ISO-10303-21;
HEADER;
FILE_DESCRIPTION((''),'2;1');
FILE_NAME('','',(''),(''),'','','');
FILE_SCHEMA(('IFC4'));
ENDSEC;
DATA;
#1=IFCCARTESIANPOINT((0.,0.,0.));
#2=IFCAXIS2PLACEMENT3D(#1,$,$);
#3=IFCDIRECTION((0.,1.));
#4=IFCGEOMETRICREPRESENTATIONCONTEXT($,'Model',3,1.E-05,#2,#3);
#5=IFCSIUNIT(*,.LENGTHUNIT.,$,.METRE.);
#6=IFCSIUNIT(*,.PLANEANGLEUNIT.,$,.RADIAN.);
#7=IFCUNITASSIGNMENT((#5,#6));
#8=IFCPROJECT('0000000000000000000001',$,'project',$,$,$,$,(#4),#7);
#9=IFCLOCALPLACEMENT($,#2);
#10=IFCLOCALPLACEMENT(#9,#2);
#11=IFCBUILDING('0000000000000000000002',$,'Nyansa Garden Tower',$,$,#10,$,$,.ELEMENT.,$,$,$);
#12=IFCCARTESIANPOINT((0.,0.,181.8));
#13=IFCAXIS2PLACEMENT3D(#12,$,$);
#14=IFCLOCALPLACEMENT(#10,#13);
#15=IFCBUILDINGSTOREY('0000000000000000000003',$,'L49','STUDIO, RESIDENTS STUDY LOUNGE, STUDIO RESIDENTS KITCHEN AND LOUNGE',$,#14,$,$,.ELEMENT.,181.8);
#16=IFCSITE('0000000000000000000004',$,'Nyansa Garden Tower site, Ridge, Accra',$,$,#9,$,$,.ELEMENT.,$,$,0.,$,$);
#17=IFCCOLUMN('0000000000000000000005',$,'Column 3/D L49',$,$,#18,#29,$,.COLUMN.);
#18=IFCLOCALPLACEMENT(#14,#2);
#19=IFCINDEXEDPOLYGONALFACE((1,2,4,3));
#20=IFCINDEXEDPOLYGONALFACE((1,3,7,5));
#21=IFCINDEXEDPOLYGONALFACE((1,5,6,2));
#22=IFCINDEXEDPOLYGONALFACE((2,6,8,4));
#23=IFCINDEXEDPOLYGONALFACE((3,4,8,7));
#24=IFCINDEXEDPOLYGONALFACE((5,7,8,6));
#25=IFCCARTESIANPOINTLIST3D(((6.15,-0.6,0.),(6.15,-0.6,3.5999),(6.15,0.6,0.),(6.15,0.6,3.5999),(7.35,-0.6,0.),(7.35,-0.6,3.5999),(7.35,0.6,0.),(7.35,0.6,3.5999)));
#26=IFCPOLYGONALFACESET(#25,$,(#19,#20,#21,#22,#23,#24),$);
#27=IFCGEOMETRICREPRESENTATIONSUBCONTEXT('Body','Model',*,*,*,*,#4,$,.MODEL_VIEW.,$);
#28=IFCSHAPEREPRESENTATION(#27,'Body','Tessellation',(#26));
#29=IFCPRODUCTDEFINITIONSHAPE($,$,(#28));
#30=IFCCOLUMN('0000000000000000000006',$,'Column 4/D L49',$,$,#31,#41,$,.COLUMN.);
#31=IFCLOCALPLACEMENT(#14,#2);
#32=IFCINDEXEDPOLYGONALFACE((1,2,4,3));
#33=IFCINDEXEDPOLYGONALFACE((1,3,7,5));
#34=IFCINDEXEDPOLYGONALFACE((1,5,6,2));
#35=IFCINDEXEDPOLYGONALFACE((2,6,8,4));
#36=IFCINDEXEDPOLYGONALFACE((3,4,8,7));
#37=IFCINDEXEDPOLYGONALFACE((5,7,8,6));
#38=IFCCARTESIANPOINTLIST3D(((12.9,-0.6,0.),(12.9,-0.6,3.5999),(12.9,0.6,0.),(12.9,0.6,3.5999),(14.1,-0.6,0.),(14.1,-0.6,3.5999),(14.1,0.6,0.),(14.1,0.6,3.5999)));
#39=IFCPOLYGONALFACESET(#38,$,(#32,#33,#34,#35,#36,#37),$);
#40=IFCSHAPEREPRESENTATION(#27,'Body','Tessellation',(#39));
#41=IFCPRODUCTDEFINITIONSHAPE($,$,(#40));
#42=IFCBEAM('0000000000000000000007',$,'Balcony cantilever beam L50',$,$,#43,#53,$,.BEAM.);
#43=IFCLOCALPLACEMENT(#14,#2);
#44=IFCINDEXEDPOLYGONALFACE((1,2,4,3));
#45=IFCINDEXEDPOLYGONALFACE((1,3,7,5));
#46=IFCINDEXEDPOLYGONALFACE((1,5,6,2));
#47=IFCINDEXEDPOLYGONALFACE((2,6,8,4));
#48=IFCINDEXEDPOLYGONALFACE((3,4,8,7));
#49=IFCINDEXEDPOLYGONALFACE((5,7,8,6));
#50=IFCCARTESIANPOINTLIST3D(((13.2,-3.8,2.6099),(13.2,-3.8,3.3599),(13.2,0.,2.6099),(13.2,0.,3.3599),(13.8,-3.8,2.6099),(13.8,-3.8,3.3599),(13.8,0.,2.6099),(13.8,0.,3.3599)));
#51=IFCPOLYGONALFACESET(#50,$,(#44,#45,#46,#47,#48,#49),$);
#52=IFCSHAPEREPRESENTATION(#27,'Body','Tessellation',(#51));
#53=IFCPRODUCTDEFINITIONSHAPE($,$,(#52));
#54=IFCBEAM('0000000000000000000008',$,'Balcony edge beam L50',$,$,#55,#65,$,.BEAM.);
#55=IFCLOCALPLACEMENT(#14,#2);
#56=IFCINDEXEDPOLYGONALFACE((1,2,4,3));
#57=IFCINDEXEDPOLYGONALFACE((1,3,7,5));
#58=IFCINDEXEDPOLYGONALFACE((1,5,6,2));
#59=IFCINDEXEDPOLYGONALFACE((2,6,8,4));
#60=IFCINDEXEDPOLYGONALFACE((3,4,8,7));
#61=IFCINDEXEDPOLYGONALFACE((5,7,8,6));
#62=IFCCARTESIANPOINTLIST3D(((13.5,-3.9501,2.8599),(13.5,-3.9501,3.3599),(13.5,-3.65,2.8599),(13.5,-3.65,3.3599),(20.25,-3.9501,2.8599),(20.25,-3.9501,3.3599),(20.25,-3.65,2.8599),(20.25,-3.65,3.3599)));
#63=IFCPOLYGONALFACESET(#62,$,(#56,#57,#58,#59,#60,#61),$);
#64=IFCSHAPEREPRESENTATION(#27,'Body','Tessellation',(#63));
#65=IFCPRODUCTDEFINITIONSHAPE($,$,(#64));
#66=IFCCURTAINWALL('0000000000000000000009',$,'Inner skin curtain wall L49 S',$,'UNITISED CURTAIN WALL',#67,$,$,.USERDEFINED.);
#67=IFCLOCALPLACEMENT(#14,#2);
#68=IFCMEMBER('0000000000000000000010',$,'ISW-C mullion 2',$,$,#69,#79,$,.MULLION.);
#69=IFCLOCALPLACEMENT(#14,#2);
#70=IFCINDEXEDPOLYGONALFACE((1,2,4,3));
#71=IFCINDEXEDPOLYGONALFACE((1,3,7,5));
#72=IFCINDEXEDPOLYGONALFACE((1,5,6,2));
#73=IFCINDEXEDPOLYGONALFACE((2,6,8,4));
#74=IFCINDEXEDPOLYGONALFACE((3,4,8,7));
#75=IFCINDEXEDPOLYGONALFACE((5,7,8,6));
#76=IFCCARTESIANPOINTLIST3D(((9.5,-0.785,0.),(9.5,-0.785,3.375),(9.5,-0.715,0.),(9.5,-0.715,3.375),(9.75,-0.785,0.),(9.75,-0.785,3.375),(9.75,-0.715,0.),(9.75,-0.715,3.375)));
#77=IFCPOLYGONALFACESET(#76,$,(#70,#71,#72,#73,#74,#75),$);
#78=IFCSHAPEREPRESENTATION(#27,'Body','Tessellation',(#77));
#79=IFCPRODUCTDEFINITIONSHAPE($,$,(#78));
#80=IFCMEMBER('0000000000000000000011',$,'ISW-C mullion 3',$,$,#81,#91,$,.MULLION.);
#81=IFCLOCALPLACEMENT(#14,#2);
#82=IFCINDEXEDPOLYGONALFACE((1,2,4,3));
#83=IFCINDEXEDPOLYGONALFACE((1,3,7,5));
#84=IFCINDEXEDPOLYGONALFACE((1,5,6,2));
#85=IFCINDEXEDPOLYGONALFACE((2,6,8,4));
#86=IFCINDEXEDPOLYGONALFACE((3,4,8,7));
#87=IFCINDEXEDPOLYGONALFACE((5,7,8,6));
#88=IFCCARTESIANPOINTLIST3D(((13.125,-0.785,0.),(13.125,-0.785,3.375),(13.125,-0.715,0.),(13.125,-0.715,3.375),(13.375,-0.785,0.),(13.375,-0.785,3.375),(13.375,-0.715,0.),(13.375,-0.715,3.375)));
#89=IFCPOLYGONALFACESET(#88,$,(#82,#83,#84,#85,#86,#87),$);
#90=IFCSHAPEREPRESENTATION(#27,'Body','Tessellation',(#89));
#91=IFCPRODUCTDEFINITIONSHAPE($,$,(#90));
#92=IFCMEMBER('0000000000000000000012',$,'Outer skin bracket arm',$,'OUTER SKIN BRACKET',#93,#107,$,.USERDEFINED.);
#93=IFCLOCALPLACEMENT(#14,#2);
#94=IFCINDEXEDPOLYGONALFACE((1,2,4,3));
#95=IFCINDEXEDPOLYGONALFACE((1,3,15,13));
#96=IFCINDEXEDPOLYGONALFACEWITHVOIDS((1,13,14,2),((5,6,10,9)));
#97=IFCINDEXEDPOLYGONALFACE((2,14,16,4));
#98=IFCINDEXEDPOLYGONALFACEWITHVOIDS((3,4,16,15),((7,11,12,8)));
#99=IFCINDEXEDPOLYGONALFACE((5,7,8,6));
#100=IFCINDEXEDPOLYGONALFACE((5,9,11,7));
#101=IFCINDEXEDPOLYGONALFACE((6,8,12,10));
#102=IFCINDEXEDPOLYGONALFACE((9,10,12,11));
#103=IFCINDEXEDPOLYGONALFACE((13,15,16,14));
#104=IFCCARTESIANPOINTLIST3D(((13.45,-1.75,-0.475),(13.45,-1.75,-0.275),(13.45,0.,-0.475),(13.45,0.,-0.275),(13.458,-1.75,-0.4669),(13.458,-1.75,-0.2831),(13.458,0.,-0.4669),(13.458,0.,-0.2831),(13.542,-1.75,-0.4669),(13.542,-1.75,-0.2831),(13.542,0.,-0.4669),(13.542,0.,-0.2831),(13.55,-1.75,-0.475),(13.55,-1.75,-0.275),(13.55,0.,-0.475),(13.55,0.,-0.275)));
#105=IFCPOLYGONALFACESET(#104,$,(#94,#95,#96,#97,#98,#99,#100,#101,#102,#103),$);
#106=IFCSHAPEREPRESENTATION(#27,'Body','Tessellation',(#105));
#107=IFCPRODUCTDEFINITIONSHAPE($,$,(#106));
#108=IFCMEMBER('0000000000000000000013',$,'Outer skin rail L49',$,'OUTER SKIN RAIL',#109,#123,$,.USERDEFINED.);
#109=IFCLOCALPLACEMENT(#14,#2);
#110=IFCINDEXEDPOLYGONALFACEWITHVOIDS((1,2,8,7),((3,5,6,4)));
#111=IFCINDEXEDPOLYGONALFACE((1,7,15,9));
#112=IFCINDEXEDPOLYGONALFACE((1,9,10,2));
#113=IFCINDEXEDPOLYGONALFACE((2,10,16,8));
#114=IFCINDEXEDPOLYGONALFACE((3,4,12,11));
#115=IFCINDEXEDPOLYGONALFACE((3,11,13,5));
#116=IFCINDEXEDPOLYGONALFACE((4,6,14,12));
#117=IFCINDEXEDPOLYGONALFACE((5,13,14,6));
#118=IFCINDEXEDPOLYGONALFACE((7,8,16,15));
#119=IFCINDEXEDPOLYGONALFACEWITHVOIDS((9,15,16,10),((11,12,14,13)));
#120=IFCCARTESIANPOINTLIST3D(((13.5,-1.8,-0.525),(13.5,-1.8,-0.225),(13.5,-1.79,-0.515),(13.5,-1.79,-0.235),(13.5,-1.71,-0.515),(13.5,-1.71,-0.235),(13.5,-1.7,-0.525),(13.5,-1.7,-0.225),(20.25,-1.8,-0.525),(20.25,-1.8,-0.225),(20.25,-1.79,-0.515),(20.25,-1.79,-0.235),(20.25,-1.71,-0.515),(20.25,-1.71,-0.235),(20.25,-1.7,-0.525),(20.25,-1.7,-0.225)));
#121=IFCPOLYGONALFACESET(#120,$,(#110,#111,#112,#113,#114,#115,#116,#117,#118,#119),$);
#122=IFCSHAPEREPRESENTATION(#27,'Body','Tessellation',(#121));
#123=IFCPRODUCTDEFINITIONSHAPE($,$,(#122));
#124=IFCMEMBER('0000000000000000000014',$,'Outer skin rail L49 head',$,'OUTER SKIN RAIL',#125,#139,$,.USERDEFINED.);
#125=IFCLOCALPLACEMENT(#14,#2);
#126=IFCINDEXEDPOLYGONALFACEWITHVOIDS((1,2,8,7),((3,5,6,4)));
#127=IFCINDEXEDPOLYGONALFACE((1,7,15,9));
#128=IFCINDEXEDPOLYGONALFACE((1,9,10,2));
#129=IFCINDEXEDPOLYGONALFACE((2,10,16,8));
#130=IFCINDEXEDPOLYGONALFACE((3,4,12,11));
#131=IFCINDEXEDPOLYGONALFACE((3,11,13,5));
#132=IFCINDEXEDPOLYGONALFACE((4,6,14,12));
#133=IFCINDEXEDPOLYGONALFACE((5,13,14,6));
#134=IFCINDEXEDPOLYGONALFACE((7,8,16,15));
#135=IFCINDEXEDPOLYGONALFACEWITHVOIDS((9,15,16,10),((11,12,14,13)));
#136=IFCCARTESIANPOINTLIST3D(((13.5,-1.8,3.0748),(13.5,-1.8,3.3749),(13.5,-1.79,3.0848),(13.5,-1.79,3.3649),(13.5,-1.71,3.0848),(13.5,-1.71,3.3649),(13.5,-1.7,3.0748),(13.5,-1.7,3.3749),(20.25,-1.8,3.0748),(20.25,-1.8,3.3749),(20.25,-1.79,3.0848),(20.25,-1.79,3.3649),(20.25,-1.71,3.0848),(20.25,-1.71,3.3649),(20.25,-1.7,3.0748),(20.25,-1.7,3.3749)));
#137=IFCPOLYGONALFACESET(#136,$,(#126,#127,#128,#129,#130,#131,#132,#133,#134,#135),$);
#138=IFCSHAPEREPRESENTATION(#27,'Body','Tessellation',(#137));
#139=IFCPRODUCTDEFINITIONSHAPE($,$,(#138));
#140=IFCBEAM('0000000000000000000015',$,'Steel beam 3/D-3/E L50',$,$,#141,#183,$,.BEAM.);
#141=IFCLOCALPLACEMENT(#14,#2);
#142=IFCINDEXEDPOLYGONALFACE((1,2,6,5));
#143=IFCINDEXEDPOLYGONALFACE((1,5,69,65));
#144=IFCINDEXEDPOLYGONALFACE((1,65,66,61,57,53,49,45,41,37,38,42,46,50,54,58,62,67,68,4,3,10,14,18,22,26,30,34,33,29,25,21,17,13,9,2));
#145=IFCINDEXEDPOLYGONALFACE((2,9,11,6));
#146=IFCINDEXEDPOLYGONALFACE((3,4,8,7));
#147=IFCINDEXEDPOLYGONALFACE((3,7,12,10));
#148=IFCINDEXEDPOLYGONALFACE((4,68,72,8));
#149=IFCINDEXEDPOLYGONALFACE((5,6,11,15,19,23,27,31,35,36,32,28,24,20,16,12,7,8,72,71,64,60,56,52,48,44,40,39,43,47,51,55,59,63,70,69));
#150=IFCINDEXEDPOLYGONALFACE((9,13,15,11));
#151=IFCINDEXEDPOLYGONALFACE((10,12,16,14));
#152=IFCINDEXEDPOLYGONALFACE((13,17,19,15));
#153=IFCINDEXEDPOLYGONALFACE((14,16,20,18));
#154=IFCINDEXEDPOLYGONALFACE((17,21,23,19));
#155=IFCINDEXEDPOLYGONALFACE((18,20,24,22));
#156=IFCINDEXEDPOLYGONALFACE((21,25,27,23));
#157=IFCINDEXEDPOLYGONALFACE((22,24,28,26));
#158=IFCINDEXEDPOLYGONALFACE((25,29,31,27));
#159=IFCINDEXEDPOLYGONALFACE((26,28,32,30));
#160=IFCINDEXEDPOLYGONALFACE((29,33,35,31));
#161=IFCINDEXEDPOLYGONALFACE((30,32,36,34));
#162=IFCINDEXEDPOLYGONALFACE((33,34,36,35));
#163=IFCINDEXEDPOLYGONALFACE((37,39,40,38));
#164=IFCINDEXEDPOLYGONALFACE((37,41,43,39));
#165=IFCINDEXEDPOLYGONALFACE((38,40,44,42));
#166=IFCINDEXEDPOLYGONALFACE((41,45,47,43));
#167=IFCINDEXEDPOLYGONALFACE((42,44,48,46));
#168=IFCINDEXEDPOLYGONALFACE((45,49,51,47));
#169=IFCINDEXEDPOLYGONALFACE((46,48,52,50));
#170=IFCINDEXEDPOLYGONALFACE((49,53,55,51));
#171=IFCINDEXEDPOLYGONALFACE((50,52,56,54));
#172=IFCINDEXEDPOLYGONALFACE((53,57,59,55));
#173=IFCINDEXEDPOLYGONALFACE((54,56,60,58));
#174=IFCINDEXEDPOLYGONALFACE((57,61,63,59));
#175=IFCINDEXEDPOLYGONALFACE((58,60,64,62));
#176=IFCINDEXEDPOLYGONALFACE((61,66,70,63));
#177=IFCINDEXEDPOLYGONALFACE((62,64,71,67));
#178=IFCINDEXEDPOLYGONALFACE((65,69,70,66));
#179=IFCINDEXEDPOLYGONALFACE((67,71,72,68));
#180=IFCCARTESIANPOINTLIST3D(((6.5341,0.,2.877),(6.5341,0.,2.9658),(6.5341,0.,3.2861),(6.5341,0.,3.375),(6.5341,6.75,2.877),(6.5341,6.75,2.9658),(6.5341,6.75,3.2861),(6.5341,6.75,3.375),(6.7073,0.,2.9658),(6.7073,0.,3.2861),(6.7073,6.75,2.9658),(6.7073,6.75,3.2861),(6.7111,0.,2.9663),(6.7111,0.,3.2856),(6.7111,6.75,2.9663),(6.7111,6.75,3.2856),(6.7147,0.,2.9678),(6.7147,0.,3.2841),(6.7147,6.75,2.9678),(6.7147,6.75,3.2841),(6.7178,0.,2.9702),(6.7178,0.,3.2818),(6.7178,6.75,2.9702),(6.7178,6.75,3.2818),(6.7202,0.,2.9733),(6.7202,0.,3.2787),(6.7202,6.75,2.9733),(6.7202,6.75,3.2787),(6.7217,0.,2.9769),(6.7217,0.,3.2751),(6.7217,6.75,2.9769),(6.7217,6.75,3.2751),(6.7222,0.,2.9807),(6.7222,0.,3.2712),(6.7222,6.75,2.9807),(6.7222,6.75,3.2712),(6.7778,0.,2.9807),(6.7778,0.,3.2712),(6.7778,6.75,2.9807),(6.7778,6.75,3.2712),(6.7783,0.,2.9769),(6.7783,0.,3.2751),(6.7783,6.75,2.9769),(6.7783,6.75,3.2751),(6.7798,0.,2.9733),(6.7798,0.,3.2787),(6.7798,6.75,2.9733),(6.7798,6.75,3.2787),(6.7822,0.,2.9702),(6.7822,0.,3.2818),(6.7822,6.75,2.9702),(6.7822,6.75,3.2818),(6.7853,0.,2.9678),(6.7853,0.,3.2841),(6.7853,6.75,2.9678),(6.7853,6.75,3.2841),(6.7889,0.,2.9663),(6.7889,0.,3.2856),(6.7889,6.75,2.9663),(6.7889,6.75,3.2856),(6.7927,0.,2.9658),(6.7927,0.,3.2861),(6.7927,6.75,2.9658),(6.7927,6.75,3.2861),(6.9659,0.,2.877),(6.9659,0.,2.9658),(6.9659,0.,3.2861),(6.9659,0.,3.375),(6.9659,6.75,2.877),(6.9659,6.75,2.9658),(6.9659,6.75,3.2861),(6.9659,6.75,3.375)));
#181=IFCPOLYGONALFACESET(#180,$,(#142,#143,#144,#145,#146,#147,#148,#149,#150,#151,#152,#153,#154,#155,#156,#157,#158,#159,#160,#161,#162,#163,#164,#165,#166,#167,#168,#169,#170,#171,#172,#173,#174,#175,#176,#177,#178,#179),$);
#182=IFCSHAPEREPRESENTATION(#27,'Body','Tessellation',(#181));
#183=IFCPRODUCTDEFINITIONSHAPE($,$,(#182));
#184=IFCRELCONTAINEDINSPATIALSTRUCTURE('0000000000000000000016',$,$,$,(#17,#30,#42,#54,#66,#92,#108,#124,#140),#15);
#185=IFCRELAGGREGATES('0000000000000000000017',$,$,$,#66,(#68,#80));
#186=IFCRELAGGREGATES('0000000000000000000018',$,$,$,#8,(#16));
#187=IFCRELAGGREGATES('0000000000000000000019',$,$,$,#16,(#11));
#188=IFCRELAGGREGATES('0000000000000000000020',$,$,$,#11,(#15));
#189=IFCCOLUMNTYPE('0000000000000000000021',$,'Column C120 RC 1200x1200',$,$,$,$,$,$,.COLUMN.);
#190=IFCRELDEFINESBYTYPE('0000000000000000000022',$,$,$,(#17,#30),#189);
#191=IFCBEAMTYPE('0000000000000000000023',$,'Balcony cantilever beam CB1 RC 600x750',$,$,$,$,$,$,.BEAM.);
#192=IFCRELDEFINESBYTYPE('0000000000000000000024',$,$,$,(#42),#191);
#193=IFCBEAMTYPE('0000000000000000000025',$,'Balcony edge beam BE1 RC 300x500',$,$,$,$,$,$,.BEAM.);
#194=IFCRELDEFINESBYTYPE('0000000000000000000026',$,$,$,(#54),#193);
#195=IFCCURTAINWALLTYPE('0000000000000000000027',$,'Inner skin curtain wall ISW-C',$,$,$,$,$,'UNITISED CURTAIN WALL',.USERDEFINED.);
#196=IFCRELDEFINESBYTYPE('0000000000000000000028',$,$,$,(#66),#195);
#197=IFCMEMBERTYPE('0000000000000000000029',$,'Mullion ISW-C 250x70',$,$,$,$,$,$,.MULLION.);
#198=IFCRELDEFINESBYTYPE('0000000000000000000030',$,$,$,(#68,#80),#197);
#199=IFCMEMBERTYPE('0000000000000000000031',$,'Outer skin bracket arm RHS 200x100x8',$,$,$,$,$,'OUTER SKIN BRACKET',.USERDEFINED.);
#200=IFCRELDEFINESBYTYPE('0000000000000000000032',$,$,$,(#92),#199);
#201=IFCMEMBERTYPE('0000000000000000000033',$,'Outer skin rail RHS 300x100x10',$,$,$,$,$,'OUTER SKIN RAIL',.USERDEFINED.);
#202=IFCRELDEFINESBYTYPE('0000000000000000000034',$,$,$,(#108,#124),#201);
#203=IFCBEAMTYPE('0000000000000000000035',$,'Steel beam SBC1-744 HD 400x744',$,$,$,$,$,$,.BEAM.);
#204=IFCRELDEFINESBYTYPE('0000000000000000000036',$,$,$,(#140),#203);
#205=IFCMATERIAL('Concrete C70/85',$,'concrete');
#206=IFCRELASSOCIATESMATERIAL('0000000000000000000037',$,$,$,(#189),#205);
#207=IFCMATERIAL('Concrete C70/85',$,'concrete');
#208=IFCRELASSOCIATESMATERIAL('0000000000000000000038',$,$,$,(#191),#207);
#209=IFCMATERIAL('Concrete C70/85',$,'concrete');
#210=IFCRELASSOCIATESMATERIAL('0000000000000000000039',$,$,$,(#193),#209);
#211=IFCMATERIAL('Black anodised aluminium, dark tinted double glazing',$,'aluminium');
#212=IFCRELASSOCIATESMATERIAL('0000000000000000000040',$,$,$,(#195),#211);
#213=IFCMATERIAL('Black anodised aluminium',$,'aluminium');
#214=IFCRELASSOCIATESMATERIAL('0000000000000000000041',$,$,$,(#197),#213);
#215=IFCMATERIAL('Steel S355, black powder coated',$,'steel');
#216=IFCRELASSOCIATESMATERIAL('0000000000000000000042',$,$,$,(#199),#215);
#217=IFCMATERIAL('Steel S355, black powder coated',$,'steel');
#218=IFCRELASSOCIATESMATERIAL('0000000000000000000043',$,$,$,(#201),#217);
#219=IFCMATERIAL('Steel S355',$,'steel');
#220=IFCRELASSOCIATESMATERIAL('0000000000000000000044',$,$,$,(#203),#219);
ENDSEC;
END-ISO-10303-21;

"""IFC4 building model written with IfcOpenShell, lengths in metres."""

from ifc_helpers import new_model, si_unit, direction, frame, origin, origin_2d, place, context, subcontext, project, spatial, rectangle, hollow_rectangle, i_section, extrude, material, material_profile, profile_set, type_object, element, aggregate, save


model = new_model("IFC4")

# Units and contexts
model_context = context("Model", 3, precision=1e-05, world=origin(), true_north=direction((0.0, 1.0)))
body_context = subcontext(model_context, "Body", "Model", "MODEL_VIEW")
ifc_project = project(units=[si_unit("LENGTHUNIT", "METRE"), si_unit("PLANEANGLEUNIT", "RADIAN")], contexts=[model_context])

# Site, building, storey
site_placement = place(None, origin())
site = spatial("IfcSite", under=ifc_project, at=site_placement, Name="Nyansa Garden Tower site, Ridge, Accra", CompositionType="ELEMENT", RefElevation=0.0)
building_placement = place(site_placement, origin())
building = spatial("IfcBuilding", under=site, at=building_placement, Name="Nyansa Garden Tower", CompositionType="ELEMENT")
storey_placement = place(building_placement, frame((0.0, 0.0, 181.8)))
storey = spatial("IfcBuildingStorey", under=building, at=storey_placement, Name="L49", Description="STUDIO, RESIDENTS STUDY LOUNGE, STUDIO RESIDENTS KITCHEN AND LOUNGE", CompositionType="ELEMENT", Elevation=181.8)

# Columns
ifc_material_1 = material(Name="Concrete C70/85", Category="concrete")
ifc_material_profile_1 = material_profile(ifc_material_1, rectangle(XDim=1.2, YDim=1.2, at=origin_2d()), Name="RC 1200x1200")
ifc_profile_set_1 = profile_set([ifc_material_profile_1], Name="Concrete C70/85")
column_type = type_object("IfcColumnType", Name="Column C120 RC 1200x1200", PredefinedType="COLUMN", material=ifc_profile_set_1)
for number, where, z_axis, x_axis, name in (
    (1, (6.75, 0.0, 0.0), (0.0, 0.0, 1.0), (1.0, 0.0, 0.0), "Column 3/D L49"),
    (2, (13.5, 0.0, 0.0), (0.0, 0.0, 1.0), (1.0, 0.0, 0.0), "Column 4/D L49"),
):
    element("IfcColumn", number, at=place(storey_placement, frame(where, z_axis=z_axis, x_axis=x_axis)), inside=storey, type_object=column_type, Name=name, PredefinedType="COLUMN", context=body_context, shape_type="SweptSolid", body=[
        extrude(rectangle(XDim=1.2, YDim=1.2, at=origin_2d()), origin(), (0.0, 0.0, 1.0), 3.5999),
    ])

# Beams
ifc_material_2 = material(Name="Concrete C70/85", Category="concrete")
ifc_material_profile_2 = material_profile(ifc_material_2, rectangle(XDim=0.6001, YDim=0.75, at=origin_2d()), Name="RC 600x750")
ifc_profile_set_2 = profile_set([ifc_material_profile_2], Name="Concrete C70/85")
beam_type_1 = type_object("IfcBeamType", Name="Balcony cantilever beam CB1 RC 600x750", PredefinedType="BEAM", material=ifc_profile_set_2)
beam_1_placement = place(storey_placement, frame((13.5, 0.0, 2.9849), z_axis=(0.0, -1.0, 0.0), x_axis=(1.0, 0.0, 0.0)))
element("IfcBeam", 3, at=beam_1_placement, inside=storey, type_object=beam_type_1, Name="Balcony cantilever beam L50", PredefinedType="BEAM", context=body_context, shape_type="SweptSolid", body=[
    extrude(rectangle(XDim=0.6001, YDim=0.75, at=origin_2d()), origin(), (0.0, 0.0, 1.0), 3.8),
])
ifc_material_3 = material(Name="Concrete C70/85", Category="concrete")
ifc_material_profile_3 = material_profile(ifc_material_3, rectangle(XDim=0.3, YDim=0.5, at=origin_2d()), Name="RC 300x500")
ifc_profile_set_3 = profile_set([ifc_material_profile_3], Name="Concrete C70/85")
beam_type_2 = type_object("IfcBeamType", Name="Balcony edge beam BE1 RC 300x500", PredefinedType="BEAM", material=ifc_profile_set_3)
beam_2_placement = place(storey_placement, frame((13.5, -3.8, 3.1099), z_axis=(1.0, 0.0, 0.0), x_axis=(0.0, 1.0, 0.0)))
element("IfcBeam", 4, at=beam_2_placement, inside=storey, type_object=beam_type_2, Name="Balcony edge beam L50", PredefinedType="BEAM", context=body_context, shape_type="SweptSolid", body=[
    extrude(rectangle(XDim=0.3, YDim=0.5, at=origin_2d()), origin(), (0.0, 0.0, 1.0), 6.75),
])

# Curtain wall, members
ifc_material_4 = material(Name="Black anodised aluminium, dark tinted double glazing", Category="aluminium")
curtain_wall_type = type_object("IfcCurtainWallType", Name="Inner skin curtain wall ISW-C", ElementType="UNITISED CURTAIN WALL", PredefinedType="USERDEFINED", material=ifc_material_4)
curtain_wall_placement = place(storey_placement, origin())
curtain_wall = element("IfcCurtainWall", 5, at=curtain_wall_placement, inside=storey, type_object=curtain_wall_type, Name="Inner skin curtain wall L49 S", ObjectType="UNITISED CURTAIN WALL", PredefinedType="USERDEFINED")
ifc_material_5 = material(Name="Black anodised aluminium", Category="aluminium")
ifc_material_profile_4 = material_profile(ifc_material_5, rectangle(XDim=0.0701, YDim=0.25, at=origin_2d()), Name="Mullion 250x70")
ifc_profile_set_4 = profile_set([ifc_material_profile_4], Name="Black anodised aluminium")
member_type_1 = type_object("IfcMemberType", Name="Mullion ISW-C 250x70", PredefinedType="MULLION", material=ifc_profile_set_4)
member_1_placement = place(storey_placement, frame((9.625, -0.75, 0.0), z_axis=(0.0, 0.0, 1.0), x_axis=(0.0, 1.0, 0.0)))
member_1 = element("IfcMember", 6, at=member_1_placement, type_object=member_type_1, Name="ISW-C mullion 2", PredefinedType="MULLION", context=body_context, shape_type="SweptSolid", body=[
    extrude(rectangle(XDim=0.0701, YDim=0.25, at=origin_2d()), origin(), (0.0, 0.0, 1.0), 3.375),
])
member_2_placement = place(storey_placement, frame((13.25, -0.75, 0.0), z_axis=(0.0, 0.0, 1.0), x_axis=(0.0, 1.0, 0.0)))
member_2 = element("IfcMember", 7, at=member_2_placement, type_object=member_type_1, Name="ISW-C mullion 3", PredefinedType="MULLION", context=body_context, shape_type="SweptSolid", body=[
    extrude(rectangle(XDim=0.0701, YDim=0.25, at=origin_2d()), origin(), (0.0, 0.0, 1.0), 3.375),
])

# Members
ifc_material_6 = material(Name="Steel S355, black powder coated", Category="steel")
ifc_material_profile_5 = material_profile(ifc_material_6, hollow_rectangle(XDim=0.1001, YDim=0.2, WallThickness=0.0081, at=origin_2d()), Name="RHS 200x100x8")
ifc_profile_set_5 = profile_set([ifc_material_profile_5], Name="Steel S355, black powder coated")
member_type_2 = type_object("IfcMemberType", Name="Outer skin bracket arm RHS 200x100x8", ElementType="OUTER SKIN BRACKET", PredefinedType="USERDEFINED", material=ifc_profile_set_5)
member_3_placement = place(storey_placement, frame((13.5, 0.0, -0.375), z_axis=(0.0, -1.0, 0.0), x_axis=(1.0, 0.0, 0.0)))
element("IfcMember", 8, at=member_3_placement, inside=storey, type_object=member_type_2, Name="Outer skin bracket arm", ObjectType="OUTER SKIN BRACKET", PredefinedType="USERDEFINED", context=body_context, shape_type="SweptSolid", body=[
    extrude(hollow_rectangle(XDim=0.1001, YDim=0.2, WallThickness=0.0081, at=origin_2d()), origin(), (0.0, 0.0, 1.0), 1.75),
])
ifc_material_7 = material(Name="Steel S355, black powder coated", Category="steel")
ifc_material_profile_6 = material_profile(ifc_material_7, hollow_rectangle(XDim=0.1001, YDim=0.3, WallThickness=0.01, at=origin_2d()), Name="RHS 300x100x10")
ifc_profile_set_6 = profile_set([ifc_material_profile_6], Name="Steel S355, black powder coated")
member_type_3 = type_object("IfcMemberType", Name="Outer skin rail RHS 300x100x10", ElementType="OUTER SKIN RAIL", PredefinedType="USERDEFINED", material=ifc_profile_set_6)
for number, where, z_axis, x_axis, name in (
    (9, (13.5, -1.75, -0.375), (1.0, 0.0, 0.0), (0.0, 1.0, 0.0), "Outer skin rail L49"),
    (10, (13.5, -1.75, 3.2249), (1.0, 0.0, 0.0), (0.0, 1.0, 0.0), "Outer skin rail L49 head"),
):
    element("IfcMember", number, at=place(storey_placement, frame(where, z_axis=z_axis, x_axis=x_axis)), inside=storey, type_object=member_type_3, Name=name, ObjectType="OUTER SKIN RAIL", PredefinedType="USERDEFINED", context=body_context, shape_type="SweptSolid", body=[
        extrude(hollow_rectangle(XDim=0.1001, YDim=0.3, WallThickness=0.01, at=origin_2d()), origin(), (0.0, 0.0, 1.0), 6.75),
    ])

# Beam
ifc_material_8 = material(Name="Steel S355", Category="steel")
ifc_material_profile_7 = material_profile(ifc_material_8, i_section(OverallWidth=0.4319, OverallDepth=0.498, WebThickness=0.0557, FlangeThickness=0.0889, FilletRadius=0.0149, at=origin_2d()), Name="HD 400x744")
ifc_profile_set_7 = profile_set([ifc_material_profile_7], Name="Steel S355")
beam_type_3 = type_object("IfcBeamType", Name="Steel beam SBC1-744 HD 400x744", PredefinedType="BEAM", material=ifc_profile_set_7)
for number, where, z_axis, x_axis, name in (
    (11, (6.75, 0.0, 3.126), (0.0, 1.0, 0.0), (-1.0, 0.0, 0.0), "Steel beam 3/D-3/E L50"),
):
    element("IfcBeam", number, at=place(storey_placement, frame(where, z_axis=z_axis, x_axis=x_axis)), inside=storey, type_object=beam_type_3, Name=name, PredefinedType="BEAM", context=body_context, shape_type="SweptSolid", body=[
        extrude(i_section(OverallWidth=0.4319, OverallDepth=0.498, WebThickness=0.0557, FlangeThickness=0.0889, FilletRadius=0.0149, at=origin_2d()), origin(), (0.0, 0.0, 1.0), 6.75),
    ])

aggregate(curtain_wall, [member_1, member_2])

save(model, "model.ifc")
